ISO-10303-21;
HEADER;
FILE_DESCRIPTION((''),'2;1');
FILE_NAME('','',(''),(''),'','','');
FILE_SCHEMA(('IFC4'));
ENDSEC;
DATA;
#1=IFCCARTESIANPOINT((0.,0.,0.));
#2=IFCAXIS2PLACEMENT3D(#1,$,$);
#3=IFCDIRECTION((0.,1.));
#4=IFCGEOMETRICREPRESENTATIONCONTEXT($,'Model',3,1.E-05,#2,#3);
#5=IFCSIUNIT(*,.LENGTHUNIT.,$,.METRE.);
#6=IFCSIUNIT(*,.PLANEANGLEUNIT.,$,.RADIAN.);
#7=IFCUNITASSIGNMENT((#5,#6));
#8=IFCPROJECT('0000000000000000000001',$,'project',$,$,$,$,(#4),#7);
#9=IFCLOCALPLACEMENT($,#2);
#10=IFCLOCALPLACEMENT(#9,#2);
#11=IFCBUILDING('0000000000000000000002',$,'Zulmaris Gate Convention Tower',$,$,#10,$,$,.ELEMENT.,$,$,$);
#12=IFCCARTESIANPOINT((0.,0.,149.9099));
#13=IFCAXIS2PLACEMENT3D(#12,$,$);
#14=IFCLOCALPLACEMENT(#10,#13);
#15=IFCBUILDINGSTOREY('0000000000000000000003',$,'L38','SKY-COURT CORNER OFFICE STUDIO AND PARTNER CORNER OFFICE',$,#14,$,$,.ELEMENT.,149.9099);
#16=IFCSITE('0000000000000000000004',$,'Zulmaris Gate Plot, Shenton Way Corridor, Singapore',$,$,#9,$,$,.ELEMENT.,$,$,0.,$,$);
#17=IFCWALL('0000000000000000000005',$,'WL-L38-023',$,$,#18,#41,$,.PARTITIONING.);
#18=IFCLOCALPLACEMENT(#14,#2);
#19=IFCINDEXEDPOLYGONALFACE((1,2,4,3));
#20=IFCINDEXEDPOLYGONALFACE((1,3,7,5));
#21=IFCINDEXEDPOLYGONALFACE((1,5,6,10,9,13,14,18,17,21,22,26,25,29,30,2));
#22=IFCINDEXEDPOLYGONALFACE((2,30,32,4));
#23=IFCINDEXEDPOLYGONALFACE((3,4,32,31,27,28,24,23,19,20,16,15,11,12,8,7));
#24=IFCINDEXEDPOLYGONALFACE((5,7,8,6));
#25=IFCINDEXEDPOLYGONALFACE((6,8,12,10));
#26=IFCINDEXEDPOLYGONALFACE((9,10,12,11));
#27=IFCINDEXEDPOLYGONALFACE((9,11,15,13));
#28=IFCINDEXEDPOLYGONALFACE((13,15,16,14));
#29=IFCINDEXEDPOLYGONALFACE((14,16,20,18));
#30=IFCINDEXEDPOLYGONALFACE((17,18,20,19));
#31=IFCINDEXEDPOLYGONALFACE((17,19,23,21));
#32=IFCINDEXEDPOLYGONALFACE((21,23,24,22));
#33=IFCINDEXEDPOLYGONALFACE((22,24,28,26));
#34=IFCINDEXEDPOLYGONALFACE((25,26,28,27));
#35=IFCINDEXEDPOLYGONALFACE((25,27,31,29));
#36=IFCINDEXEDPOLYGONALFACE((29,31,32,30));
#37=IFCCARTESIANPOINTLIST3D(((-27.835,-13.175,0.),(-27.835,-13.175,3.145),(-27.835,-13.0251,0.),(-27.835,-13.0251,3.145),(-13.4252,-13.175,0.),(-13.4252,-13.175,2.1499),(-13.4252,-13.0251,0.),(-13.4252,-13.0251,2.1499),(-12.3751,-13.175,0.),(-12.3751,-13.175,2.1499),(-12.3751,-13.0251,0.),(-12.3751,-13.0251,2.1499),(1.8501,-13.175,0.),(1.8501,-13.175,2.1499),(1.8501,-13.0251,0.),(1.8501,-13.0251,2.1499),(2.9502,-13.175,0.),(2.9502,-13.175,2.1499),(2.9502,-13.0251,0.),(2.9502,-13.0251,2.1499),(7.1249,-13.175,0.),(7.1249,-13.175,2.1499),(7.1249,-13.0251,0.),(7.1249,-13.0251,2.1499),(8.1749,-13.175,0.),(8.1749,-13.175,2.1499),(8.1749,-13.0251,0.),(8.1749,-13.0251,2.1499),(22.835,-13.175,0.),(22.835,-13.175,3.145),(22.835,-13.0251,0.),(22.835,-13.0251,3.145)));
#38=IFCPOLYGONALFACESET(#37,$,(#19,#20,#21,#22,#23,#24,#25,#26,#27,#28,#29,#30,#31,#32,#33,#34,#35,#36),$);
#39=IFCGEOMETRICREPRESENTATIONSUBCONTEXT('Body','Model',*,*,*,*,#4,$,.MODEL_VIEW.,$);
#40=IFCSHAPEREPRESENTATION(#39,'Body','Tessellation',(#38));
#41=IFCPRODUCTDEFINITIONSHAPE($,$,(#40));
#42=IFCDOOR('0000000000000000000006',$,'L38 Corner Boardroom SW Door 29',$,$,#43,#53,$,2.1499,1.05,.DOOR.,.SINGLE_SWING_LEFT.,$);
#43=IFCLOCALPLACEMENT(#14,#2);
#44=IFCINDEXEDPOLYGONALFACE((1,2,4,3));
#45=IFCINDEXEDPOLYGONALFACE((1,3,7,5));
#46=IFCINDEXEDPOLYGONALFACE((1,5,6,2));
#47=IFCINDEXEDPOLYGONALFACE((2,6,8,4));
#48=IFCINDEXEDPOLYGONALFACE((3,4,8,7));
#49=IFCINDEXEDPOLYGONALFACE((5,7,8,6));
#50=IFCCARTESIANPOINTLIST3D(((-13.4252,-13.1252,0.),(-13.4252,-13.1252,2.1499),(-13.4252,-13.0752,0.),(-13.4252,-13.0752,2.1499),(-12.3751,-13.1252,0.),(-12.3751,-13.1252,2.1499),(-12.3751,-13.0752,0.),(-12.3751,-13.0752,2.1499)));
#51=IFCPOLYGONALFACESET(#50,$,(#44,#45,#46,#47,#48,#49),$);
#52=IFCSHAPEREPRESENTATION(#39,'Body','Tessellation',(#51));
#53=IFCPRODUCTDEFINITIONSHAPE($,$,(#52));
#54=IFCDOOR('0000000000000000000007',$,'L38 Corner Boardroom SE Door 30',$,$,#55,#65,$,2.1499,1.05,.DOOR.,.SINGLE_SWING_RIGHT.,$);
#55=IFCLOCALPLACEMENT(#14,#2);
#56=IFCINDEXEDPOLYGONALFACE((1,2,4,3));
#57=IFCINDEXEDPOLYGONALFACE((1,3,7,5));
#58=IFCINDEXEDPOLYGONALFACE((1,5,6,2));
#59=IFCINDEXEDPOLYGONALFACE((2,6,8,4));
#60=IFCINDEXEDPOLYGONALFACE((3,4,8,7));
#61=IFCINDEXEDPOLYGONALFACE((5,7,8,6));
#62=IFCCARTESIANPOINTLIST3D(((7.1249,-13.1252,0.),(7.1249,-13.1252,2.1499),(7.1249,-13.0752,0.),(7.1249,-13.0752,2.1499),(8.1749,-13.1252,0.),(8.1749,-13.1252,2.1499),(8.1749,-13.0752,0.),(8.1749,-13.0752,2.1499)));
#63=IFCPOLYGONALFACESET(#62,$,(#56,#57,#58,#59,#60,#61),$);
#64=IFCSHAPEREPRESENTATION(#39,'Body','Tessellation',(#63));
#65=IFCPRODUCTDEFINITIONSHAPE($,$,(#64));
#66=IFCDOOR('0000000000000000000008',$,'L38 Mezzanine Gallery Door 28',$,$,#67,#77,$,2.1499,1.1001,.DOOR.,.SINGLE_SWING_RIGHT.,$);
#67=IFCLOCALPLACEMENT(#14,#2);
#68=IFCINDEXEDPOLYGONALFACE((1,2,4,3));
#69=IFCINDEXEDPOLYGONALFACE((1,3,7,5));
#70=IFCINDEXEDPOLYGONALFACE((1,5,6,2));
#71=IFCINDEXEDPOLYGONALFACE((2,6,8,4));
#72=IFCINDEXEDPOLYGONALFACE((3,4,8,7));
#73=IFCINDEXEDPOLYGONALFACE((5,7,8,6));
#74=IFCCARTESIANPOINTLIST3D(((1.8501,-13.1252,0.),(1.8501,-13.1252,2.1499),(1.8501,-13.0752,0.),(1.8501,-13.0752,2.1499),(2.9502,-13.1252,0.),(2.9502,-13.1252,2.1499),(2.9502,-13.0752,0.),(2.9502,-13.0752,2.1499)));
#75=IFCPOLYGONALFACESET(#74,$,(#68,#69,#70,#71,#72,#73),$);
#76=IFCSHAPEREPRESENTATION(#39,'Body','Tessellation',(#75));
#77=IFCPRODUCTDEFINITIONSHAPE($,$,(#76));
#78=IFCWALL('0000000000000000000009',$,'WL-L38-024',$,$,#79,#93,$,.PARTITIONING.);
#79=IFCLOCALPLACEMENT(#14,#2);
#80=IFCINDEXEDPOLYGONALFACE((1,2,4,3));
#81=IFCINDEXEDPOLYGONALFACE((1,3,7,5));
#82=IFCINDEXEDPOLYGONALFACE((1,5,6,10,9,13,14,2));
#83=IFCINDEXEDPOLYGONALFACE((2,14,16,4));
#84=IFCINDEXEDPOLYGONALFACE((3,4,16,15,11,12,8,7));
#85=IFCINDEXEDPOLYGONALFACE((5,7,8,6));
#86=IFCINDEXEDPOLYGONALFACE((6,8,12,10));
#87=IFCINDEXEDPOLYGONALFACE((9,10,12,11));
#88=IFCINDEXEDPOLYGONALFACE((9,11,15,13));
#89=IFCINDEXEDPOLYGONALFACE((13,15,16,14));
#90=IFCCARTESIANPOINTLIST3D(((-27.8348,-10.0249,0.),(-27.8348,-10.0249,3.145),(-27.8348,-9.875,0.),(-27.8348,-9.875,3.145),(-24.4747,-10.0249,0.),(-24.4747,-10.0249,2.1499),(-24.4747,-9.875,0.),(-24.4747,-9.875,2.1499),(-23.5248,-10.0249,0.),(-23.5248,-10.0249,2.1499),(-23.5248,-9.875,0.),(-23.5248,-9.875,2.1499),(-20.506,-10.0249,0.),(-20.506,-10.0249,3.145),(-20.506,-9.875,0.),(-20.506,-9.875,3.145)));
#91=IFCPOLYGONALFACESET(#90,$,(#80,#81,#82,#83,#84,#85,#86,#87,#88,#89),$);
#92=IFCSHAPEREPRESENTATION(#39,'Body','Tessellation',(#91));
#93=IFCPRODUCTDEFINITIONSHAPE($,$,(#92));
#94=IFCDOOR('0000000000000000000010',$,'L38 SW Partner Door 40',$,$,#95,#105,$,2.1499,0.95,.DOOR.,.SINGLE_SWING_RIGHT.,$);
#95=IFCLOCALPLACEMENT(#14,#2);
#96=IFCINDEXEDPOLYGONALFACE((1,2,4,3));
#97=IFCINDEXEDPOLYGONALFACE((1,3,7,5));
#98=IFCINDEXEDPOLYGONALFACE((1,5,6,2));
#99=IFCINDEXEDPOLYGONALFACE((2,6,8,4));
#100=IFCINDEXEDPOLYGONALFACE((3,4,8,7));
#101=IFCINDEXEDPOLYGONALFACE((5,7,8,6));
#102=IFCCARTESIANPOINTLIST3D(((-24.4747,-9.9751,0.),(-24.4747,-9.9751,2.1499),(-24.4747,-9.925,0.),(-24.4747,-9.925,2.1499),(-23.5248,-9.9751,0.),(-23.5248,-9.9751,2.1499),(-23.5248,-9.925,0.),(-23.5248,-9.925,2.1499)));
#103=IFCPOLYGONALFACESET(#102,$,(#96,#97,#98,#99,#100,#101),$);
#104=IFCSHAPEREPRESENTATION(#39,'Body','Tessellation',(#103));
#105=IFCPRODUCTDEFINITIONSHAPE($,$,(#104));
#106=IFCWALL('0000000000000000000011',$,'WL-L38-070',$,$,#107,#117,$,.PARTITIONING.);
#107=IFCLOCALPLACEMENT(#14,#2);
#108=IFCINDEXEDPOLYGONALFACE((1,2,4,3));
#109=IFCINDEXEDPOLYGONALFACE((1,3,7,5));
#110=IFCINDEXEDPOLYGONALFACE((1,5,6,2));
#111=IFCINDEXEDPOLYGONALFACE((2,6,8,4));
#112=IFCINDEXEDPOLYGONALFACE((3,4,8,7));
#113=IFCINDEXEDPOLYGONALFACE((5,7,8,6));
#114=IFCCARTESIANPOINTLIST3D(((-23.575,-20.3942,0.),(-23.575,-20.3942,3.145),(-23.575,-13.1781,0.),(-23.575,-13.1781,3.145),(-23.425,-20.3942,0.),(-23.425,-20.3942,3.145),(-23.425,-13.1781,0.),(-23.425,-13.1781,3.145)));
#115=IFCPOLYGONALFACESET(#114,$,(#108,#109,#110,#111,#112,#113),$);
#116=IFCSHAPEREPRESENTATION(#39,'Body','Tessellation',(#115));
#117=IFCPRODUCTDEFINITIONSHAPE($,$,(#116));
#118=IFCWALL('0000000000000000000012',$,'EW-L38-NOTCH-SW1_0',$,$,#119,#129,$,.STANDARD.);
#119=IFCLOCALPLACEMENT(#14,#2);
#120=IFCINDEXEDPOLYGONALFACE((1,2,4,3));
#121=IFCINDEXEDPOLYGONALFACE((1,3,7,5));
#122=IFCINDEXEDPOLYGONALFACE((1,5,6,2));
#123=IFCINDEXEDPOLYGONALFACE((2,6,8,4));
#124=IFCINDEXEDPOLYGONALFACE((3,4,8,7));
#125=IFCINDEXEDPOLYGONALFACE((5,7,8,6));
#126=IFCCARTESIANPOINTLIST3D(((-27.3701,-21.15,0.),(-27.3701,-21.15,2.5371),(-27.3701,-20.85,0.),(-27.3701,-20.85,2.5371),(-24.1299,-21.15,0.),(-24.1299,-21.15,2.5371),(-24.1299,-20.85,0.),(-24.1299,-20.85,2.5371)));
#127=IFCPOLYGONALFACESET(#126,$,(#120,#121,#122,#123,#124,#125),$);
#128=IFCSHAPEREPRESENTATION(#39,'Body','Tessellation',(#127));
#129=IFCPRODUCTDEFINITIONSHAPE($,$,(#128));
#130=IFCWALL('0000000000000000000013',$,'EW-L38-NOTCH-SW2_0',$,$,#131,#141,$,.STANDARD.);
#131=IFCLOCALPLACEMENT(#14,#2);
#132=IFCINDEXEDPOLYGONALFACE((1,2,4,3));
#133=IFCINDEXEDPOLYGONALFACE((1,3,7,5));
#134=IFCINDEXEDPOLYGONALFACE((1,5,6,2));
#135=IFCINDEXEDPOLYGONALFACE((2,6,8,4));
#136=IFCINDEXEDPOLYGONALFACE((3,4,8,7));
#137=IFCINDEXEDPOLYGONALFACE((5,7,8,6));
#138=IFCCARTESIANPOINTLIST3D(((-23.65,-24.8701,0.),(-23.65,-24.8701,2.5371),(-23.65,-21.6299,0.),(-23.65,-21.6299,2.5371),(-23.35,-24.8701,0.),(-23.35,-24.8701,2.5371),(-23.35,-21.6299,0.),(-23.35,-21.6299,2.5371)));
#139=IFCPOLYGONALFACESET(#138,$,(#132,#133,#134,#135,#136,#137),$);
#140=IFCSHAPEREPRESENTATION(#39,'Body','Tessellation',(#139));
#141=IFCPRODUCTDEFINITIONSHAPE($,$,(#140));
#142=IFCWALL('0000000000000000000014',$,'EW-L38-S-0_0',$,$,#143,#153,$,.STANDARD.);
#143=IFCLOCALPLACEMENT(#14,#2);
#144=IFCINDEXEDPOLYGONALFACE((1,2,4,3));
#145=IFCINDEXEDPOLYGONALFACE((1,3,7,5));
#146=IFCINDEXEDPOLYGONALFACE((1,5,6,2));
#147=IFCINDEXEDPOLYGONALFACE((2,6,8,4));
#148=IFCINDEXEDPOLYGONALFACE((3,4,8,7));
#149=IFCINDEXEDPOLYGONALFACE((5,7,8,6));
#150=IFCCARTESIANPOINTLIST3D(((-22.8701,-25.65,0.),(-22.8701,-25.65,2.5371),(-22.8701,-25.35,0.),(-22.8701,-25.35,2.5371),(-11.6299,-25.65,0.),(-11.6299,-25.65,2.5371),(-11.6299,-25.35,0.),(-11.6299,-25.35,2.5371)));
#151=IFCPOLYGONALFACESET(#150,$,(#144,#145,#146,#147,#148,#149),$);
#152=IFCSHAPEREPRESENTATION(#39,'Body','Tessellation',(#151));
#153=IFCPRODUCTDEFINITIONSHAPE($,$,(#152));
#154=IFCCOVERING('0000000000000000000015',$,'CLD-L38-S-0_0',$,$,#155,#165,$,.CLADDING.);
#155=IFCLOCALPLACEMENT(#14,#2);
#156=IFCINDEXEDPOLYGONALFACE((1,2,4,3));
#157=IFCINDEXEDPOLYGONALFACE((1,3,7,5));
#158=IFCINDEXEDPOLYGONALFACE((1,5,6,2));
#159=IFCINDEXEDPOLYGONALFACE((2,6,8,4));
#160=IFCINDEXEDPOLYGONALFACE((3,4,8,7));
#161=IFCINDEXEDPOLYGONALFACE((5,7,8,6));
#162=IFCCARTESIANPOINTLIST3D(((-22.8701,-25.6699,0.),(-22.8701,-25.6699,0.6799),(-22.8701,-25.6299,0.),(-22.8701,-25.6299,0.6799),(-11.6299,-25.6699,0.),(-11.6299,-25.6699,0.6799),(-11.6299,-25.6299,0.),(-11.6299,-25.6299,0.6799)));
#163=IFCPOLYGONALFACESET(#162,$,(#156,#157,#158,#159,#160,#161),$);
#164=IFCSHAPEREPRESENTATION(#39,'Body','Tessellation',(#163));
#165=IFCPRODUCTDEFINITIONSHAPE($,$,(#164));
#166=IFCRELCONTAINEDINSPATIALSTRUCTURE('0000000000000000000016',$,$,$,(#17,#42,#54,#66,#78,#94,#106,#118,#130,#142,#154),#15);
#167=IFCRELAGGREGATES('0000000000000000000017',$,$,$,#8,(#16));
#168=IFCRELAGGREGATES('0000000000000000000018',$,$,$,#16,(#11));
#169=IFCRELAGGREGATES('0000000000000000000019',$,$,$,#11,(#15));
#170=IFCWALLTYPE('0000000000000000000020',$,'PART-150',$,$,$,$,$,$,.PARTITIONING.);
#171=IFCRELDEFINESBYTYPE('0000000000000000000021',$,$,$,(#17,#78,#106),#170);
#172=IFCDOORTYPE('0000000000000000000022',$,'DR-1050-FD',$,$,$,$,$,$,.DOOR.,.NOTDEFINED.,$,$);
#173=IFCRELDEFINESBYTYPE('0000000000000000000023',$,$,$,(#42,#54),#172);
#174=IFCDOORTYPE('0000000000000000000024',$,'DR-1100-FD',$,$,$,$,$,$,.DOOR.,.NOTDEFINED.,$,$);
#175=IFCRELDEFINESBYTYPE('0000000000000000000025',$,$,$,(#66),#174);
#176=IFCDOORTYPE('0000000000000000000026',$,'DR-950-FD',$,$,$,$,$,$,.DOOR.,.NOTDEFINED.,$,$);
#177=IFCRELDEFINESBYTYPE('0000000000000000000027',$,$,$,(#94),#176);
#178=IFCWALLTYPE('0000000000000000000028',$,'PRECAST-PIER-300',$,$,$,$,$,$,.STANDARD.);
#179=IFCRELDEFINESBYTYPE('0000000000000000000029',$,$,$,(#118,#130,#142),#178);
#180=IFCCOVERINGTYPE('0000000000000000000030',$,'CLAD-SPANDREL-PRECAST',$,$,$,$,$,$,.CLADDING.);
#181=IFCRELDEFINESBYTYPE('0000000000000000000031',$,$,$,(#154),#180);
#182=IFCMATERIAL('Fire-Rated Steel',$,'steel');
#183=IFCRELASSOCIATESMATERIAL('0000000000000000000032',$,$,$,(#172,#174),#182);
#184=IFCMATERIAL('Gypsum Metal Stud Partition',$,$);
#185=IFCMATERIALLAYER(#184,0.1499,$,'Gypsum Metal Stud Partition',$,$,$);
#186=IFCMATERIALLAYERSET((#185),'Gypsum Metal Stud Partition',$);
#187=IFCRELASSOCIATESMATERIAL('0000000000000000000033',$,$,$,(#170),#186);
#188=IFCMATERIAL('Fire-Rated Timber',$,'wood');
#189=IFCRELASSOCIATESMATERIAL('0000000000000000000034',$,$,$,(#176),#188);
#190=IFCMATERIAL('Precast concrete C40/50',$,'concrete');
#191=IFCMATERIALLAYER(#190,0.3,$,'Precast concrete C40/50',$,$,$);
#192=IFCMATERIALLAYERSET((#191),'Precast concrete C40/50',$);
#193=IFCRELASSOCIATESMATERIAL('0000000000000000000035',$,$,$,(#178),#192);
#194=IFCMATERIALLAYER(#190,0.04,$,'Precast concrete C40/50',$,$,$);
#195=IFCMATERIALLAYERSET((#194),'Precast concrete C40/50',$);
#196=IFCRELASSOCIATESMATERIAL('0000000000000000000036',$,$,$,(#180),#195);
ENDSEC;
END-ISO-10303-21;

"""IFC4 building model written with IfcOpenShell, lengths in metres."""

from ifc_helpers import new_model, si_unit, direction, frame, frame_2d, origin, place, context, subcontext, project, spatial, rectangle, extrude, material, layer, layer_set, type_object, element, fill, save


model = new_model("IFC4")

# Units and contexts
model_context = context("Model", 3, precision=1e-05, world=origin(), true_north=direction((0.0, 1.0)))
body_context = subcontext(model_context, "Body", "Model", "MODEL_VIEW")
ifc_project = project(units=[si_unit("LENGTHUNIT", "METRE"), si_unit("PLANEANGLEUNIT", "RADIAN")], contexts=[model_context])

# Site, building, storey
site_placement = place(None, origin())
site = spatial("IfcSite", under=ifc_project, at=site_placement, Name="Zulmaris Gate Plot, Shenton Way Corridor, Singapore", CompositionType="ELEMENT", RefElevation=0.0)
building_placement = place(site_placement, origin())
building = spatial("IfcBuilding", under=site, at=building_placement, Name="Zulmaris Gate Convention Tower", CompositionType="ELEMENT")
storey_placement = place(building_placement, frame((0.0, 0.0, 149.9099)))
storey = spatial("IfcBuildingStorey", under=building, at=storey_placement, Name="L38", Description="SKY-COURT CORNER OFFICE STUDIO AND PARTNER CORNER OFFICE", CompositionType="ELEMENT", Elevation=149.9099)

# Shared definitions
ifc_material_1 = material(Name="Fire-Rated Steel", Category="steel")
door_type_1 = type_object("IfcDoorType", Name="DR-1050-FD", OperationType="NOTDEFINED", PredefinedType="DOOR", material=ifc_material_1)

# Wall, openings, doors
ifc_material_2 = material(Name="Gypsum Metal Stud Partition")
ifc_layer_1 = layer(ifc_material_2, 0.1499, Name="Gypsum Metal Stud Partition")
ifc_layer_set_1 = layer_set([ifc_layer_1], Name="Gypsum Metal Stud Partition")
wall_type_1 = type_object("IfcWallType", Name="PART-150", PredefinedType="PARTITIONING", material=ifc_layer_set_1)
wall_1_placement = place(storey_placement, frame((-27.835, -13.1001, 0.0), z_axis=(0.0, 0.0, 1.0), x_axis=(1.0, 0.0, 0.0)))
wall_1 = element("IfcWall", 1, at=wall_1_placement, inside=storey, type_object=wall_type_1, Name="WL-L38-023", PredefinedType="PARTITIONING", context=body_context, shape_type="SweptSolid", body=[
    extrude(rectangle(XDim=50.6699, YDim=0.1499, at=frame_2d((25.335, 0.0))), origin(), (0.0, 0.0, 1.0), 3.145),
])
opening_1_placement = place(wall_1_placement, frame((29.6851, 0.0, 0.0)))
opening_1 = element("IfcOpeningElement", 2, at=opening_1_placement, cuts=wall_1, PredefinedType="OPENING", context=body_context, shape_type="SweptSolid", body=[
    extrude(rectangle(XDim=1.1001, YDim=2.1499, at=frame_2d((0.55, 1.075))), frame((0.0, 0.085, 0.0), z_axis=(0.0, -1.0, 0.0), x_axis=(1.0, 0.0, 0.0)), (0.0, 0.0, 1.0), 0.1699),
])
opening_2_placement = place(wall_1_placement, frame((14.4099, 0.0, 0.0)))
opening_2 = element("IfcOpeningElement", 3, at=opening_2_placement, cuts=wall_1, PredefinedType="OPENING", context=body_context, shape_type="SweptSolid", body=[
    extrude(rectangle(XDim=1.05, YDim=2.1499, at=frame_2d((0.5249, 1.075))), frame((0.0, 0.085, 0.0), z_axis=(0.0, -1.0, 0.0), x_axis=(1.0, 0.0, 0.0)), (0.0, 0.0, 1.0), 0.1699),
])
opening_3_placement = place(wall_1_placement, frame((34.96, 0.0, 0.0)))
opening_3 = element("IfcOpeningElement", 4, at=opening_3_placement, cuts=wall_1, PredefinedType="OPENING", context=body_context, shape_type="SweptSolid", body=[
    extrude(rectangle(XDim=1.05, YDim=2.1499, at=frame_2d((0.5249, 1.075))), frame((0.0, 0.085, 0.0), z_axis=(0.0, -1.0, 0.0), x_axis=(1.0, 0.0, 0.0)), (0.0, 0.0, 1.0), 0.1699),
])
door_1_placement = place(opening_2_placement, origin())
door_1 = element("IfcDoor", 5, at=door_1_placement, inside=storey, type_object=door_type_1, Name="L38 Corner Boardroom SW Door 29", OperationType="SINGLE_SWING_LEFT", OverallHeight=2.1499, OverallWidth=1.05, PredefinedType="DOOR", context=body_context, shape_type="SweptSolid", body=[
    extrude(rectangle(XDim=1.05, YDim=2.1499, at=frame_2d((0.5249, 1.075))), frame((0.0, 0.0249, 0.0), z_axis=(0.0, -1.0, 0.0), x_axis=(1.0, 0.0, 0.0)), (0.0, 0.0, 1.0), 0.05),
])
fill(opening_2, door_1)
door_2_placement = place(opening_3_placement, origin())
door_2 = element("IfcDoor", 6, at=door_2_placement, inside=storey, type_object=door_type_1, Name="L38 Corner Boardroom SE Door 30", OperationType="SINGLE_SWING_RIGHT", OverallHeight=2.1499, OverallWidth=1.05, PredefinedType="DOOR", context=body_context, shape_type="SweptSolid", body=[
    extrude(rectangle(XDim=1.05, YDim=2.1499, at=frame_2d((0.5249, 1.075))), frame((0.0, 0.0249, 0.0), z_axis=(0.0, -1.0, 0.0), x_axis=(1.0, 0.0, 0.0)), (0.0, 0.0, 1.0), 0.05),
])
fill(opening_3, door_2)
door_type_2 = type_object("IfcDoorType", Name="DR-1100-FD", OperationType="NOTDEFINED", PredefinedType="DOOR", material=ifc_material_1)
door_3_placement = place(opening_1_placement, origin())
door_3 = element("IfcDoor", 7, at=door_3_placement, inside=storey, type_object=door_type_2, Name="L38 Mezzanine Gallery Door 28", OperationType="SINGLE_SWING_RIGHT", OverallHeight=2.1499, OverallWidth=1.1001, PredefinedType="DOOR", context=body_context, shape_type="SweptSolid", body=[
    extrude(rectangle(XDim=1.1001, YDim=2.1499, at=frame_2d((0.55, 1.075))), frame((0.0, 0.0249, 0.0), z_axis=(0.0, -1.0, 0.0), x_axis=(1.0, 0.0, 0.0)), (0.0, 0.0, 1.0), 0.05),
])
fill(opening_1, door_3)

# Wall, opening, door
wall_2_placement = place(storey_placement, frame((-27.835, -9.95, 0.0), z_axis=(0.0, 0.0, 1.0), x_axis=(1.0, 0.0, 0.0)))
wall_2 = element("IfcWall", 8, at=wall_2_placement, inside=storey, type_object=wall_type_1, Name="WL-L38-024", PredefinedType="PARTITIONING", context=body_context, shape_type="SweptSolid", body=[
    extrude(rectangle(XDim=7.3289, YDim=0.1499, at=frame_2d((3.6646, 0.0))), origin(), (0.0, 0.0, 1.0), 3.145),
])
opening_4_placement = place(wall_2_placement, frame((3.3601, 0.0, 0.0)))
opening_4 = element("IfcOpeningElement", 9, at=opening_4_placement, cuts=wall_2, PredefinedType="OPENING", context=body_context, shape_type="SweptSolid", body=[
    extrude(rectangle(XDim=0.95, YDim=2.1499, at=frame_2d((0.4751, 1.075))), frame((0.0, 0.085, 0.0), z_axis=(0.0, -1.0, 0.0), x_axis=(1.0, 0.0, 0.0)), (0.0, 0.0, 1.0), 0.1699),
])
ifc_material_3 = material(Name="Fire-Rated Timber", Category="wood")
door_type_3 = type_object("IfcDoorType", Name="DR-950-FD", OperationType="NOTDEFINED", PredefinedType="DOOR", material=ifc_material_3)
door_4_placement = place(opening_4_placement, origin())
door_4 = element("IfcDoor", 10, at=door_4_placement, inside=storey, type_object=door_type_3, Name="L38 SW Partner Door 40", OperationType="SINGLE_SWING_RIGHT", OverallHeight=2.1499, OverallWidth=0.95, PredefinedType="DOOR", context=body_context, shape_type="SweptSolid", body=[
    extrude(rectangle(XDim=0.95, YDim=2.1499, at=frame_2d((0.4751, 1.075))), frame((0.0, 0.0249, 0.0), z_axis=(0.0, -1.0, 0.0), x_axis=(1.0, 0.0, 0.0)), (0.0, 0.0, 1.0), 0.05),
])
fill(opening_4, door_4)

# Wall
wall_3_placement = place(storey_placement, frame((-23.5, -20.394, 0.0), z_axis=(0.0, 0.0, 1.0), x_axis=(0.0, 1.0, 0.0)))
element("IfcWall", 11, at=wall_3_placement, inside=storey, type_object=wall_type_1, Name="WL-L38-070", PredefinedType="PARTITIONING", context=body_context, shape_type="SweptSolid", body=[
    extrude(rectangle(XDim=7.2161, YDim=0.1499, at=frame_2d((3.6079, 0.0))), origin(), (0.0, 0.0, 1.0), 3.145),
])

# Walls
ifc_material_4 = material(Name="Precast concrete C40/50", Category="concrete")
ifc_layer_2 = layer(ifc_material_4, 0.3, Name="Precast concrete C40/50")
ifc_layer_set_2 = layer_set([ifc_layer_2], Name="Precast concrete C40/50")
wall_type_2 = type_object("IfcWallType", Name="PRECAST-PIER-300", PredefinedType="STANDARD", material=ifc_layer_set_2)
for number, where, z_axis, x_axis, name in (
    (12, (-27.3701, -21.0, 0.0), (0.0, 0.0, 1.0), (1.0, 0.0, 0.0), "EW-L38-NOTCH-SW1_0"),
    (13, (-23.5, -21.6299, 0.0), (0.0, 0.0, 1.0), (0.0, -1.0, 0.0), "EW-L38-NOTCH-SW2_0"),
):
    element("IfcWall", number, at=place(storey_placement, frame(where, z_axis=z_axis, x_axis=x_axis)), inside=storey, type_object=wall_type_2, Name=name, PredefinedType="STANDARD", context=body_context, shape_type="SweptSolid", body=[
        extrude(rectangle(XDim=3.2402, YDim=0.3, at=frame_2d((1.6201, 0.0))), origin(), (0.0, 0.0, 1.0), 2.5371),
    ])
wall_4_placement = place(storey_placement, frame((-22.8701, -25.5, 0.0), z_axis=(0.0, 0.0, 1.0), x_axis=(1.0, 0.0, 0.0)))
element("IfcWall", 14, at=wall_4_placement, inside=storey, type_object=wall_type_2, Name="EW-L38-S-0_0", PredefinedType="STANDARD", context=body_context, shape_type="SweptSolid", body=[
    extrude(rectangle(XDim=11.2402, YDim=0.3, at=frame_2d((5.6201, 0.0))), origin(), (0.0, 0.0, 1.0), 2.5371),
])

# Covering
ifc_layer_3 = layer(ifc_material_4, 0.04, Name="Precast concrete C40/50")
ifc_layer_set_3 = layer_set([ifc_layer_3], Name="Precast concrete C40/50")
covering_type_1 = type_object("IfcCoveringType", Name="CLAD-SPANDREL-PRECAST", PredefinedType="CLADDING", material=ifc_layer_set_3)
covering_1_placement = place(storey_placement, frame((-22.8701, -25.6499, 0.0), z_axis=(0.0, 0.0, 1.0), x_axis=(1.0, 0.0, 0.0)))
element("IfcCovering", 15, at=covering_1_placement, inside=storey, type_object=covering_type_1, Name="CLD-L38-S-0_0", PredefinedType="CLADDING", context=body_context, shape_type="SweptSolid", body=[
    extrude(rectangle(XDim=11.2402, YDim=0.04, at=frame_2d((5.6201, 0.0))), origin(), (0.0, 0.0, 1.0), 0.6799),
])

save(model, "model.ifc")
